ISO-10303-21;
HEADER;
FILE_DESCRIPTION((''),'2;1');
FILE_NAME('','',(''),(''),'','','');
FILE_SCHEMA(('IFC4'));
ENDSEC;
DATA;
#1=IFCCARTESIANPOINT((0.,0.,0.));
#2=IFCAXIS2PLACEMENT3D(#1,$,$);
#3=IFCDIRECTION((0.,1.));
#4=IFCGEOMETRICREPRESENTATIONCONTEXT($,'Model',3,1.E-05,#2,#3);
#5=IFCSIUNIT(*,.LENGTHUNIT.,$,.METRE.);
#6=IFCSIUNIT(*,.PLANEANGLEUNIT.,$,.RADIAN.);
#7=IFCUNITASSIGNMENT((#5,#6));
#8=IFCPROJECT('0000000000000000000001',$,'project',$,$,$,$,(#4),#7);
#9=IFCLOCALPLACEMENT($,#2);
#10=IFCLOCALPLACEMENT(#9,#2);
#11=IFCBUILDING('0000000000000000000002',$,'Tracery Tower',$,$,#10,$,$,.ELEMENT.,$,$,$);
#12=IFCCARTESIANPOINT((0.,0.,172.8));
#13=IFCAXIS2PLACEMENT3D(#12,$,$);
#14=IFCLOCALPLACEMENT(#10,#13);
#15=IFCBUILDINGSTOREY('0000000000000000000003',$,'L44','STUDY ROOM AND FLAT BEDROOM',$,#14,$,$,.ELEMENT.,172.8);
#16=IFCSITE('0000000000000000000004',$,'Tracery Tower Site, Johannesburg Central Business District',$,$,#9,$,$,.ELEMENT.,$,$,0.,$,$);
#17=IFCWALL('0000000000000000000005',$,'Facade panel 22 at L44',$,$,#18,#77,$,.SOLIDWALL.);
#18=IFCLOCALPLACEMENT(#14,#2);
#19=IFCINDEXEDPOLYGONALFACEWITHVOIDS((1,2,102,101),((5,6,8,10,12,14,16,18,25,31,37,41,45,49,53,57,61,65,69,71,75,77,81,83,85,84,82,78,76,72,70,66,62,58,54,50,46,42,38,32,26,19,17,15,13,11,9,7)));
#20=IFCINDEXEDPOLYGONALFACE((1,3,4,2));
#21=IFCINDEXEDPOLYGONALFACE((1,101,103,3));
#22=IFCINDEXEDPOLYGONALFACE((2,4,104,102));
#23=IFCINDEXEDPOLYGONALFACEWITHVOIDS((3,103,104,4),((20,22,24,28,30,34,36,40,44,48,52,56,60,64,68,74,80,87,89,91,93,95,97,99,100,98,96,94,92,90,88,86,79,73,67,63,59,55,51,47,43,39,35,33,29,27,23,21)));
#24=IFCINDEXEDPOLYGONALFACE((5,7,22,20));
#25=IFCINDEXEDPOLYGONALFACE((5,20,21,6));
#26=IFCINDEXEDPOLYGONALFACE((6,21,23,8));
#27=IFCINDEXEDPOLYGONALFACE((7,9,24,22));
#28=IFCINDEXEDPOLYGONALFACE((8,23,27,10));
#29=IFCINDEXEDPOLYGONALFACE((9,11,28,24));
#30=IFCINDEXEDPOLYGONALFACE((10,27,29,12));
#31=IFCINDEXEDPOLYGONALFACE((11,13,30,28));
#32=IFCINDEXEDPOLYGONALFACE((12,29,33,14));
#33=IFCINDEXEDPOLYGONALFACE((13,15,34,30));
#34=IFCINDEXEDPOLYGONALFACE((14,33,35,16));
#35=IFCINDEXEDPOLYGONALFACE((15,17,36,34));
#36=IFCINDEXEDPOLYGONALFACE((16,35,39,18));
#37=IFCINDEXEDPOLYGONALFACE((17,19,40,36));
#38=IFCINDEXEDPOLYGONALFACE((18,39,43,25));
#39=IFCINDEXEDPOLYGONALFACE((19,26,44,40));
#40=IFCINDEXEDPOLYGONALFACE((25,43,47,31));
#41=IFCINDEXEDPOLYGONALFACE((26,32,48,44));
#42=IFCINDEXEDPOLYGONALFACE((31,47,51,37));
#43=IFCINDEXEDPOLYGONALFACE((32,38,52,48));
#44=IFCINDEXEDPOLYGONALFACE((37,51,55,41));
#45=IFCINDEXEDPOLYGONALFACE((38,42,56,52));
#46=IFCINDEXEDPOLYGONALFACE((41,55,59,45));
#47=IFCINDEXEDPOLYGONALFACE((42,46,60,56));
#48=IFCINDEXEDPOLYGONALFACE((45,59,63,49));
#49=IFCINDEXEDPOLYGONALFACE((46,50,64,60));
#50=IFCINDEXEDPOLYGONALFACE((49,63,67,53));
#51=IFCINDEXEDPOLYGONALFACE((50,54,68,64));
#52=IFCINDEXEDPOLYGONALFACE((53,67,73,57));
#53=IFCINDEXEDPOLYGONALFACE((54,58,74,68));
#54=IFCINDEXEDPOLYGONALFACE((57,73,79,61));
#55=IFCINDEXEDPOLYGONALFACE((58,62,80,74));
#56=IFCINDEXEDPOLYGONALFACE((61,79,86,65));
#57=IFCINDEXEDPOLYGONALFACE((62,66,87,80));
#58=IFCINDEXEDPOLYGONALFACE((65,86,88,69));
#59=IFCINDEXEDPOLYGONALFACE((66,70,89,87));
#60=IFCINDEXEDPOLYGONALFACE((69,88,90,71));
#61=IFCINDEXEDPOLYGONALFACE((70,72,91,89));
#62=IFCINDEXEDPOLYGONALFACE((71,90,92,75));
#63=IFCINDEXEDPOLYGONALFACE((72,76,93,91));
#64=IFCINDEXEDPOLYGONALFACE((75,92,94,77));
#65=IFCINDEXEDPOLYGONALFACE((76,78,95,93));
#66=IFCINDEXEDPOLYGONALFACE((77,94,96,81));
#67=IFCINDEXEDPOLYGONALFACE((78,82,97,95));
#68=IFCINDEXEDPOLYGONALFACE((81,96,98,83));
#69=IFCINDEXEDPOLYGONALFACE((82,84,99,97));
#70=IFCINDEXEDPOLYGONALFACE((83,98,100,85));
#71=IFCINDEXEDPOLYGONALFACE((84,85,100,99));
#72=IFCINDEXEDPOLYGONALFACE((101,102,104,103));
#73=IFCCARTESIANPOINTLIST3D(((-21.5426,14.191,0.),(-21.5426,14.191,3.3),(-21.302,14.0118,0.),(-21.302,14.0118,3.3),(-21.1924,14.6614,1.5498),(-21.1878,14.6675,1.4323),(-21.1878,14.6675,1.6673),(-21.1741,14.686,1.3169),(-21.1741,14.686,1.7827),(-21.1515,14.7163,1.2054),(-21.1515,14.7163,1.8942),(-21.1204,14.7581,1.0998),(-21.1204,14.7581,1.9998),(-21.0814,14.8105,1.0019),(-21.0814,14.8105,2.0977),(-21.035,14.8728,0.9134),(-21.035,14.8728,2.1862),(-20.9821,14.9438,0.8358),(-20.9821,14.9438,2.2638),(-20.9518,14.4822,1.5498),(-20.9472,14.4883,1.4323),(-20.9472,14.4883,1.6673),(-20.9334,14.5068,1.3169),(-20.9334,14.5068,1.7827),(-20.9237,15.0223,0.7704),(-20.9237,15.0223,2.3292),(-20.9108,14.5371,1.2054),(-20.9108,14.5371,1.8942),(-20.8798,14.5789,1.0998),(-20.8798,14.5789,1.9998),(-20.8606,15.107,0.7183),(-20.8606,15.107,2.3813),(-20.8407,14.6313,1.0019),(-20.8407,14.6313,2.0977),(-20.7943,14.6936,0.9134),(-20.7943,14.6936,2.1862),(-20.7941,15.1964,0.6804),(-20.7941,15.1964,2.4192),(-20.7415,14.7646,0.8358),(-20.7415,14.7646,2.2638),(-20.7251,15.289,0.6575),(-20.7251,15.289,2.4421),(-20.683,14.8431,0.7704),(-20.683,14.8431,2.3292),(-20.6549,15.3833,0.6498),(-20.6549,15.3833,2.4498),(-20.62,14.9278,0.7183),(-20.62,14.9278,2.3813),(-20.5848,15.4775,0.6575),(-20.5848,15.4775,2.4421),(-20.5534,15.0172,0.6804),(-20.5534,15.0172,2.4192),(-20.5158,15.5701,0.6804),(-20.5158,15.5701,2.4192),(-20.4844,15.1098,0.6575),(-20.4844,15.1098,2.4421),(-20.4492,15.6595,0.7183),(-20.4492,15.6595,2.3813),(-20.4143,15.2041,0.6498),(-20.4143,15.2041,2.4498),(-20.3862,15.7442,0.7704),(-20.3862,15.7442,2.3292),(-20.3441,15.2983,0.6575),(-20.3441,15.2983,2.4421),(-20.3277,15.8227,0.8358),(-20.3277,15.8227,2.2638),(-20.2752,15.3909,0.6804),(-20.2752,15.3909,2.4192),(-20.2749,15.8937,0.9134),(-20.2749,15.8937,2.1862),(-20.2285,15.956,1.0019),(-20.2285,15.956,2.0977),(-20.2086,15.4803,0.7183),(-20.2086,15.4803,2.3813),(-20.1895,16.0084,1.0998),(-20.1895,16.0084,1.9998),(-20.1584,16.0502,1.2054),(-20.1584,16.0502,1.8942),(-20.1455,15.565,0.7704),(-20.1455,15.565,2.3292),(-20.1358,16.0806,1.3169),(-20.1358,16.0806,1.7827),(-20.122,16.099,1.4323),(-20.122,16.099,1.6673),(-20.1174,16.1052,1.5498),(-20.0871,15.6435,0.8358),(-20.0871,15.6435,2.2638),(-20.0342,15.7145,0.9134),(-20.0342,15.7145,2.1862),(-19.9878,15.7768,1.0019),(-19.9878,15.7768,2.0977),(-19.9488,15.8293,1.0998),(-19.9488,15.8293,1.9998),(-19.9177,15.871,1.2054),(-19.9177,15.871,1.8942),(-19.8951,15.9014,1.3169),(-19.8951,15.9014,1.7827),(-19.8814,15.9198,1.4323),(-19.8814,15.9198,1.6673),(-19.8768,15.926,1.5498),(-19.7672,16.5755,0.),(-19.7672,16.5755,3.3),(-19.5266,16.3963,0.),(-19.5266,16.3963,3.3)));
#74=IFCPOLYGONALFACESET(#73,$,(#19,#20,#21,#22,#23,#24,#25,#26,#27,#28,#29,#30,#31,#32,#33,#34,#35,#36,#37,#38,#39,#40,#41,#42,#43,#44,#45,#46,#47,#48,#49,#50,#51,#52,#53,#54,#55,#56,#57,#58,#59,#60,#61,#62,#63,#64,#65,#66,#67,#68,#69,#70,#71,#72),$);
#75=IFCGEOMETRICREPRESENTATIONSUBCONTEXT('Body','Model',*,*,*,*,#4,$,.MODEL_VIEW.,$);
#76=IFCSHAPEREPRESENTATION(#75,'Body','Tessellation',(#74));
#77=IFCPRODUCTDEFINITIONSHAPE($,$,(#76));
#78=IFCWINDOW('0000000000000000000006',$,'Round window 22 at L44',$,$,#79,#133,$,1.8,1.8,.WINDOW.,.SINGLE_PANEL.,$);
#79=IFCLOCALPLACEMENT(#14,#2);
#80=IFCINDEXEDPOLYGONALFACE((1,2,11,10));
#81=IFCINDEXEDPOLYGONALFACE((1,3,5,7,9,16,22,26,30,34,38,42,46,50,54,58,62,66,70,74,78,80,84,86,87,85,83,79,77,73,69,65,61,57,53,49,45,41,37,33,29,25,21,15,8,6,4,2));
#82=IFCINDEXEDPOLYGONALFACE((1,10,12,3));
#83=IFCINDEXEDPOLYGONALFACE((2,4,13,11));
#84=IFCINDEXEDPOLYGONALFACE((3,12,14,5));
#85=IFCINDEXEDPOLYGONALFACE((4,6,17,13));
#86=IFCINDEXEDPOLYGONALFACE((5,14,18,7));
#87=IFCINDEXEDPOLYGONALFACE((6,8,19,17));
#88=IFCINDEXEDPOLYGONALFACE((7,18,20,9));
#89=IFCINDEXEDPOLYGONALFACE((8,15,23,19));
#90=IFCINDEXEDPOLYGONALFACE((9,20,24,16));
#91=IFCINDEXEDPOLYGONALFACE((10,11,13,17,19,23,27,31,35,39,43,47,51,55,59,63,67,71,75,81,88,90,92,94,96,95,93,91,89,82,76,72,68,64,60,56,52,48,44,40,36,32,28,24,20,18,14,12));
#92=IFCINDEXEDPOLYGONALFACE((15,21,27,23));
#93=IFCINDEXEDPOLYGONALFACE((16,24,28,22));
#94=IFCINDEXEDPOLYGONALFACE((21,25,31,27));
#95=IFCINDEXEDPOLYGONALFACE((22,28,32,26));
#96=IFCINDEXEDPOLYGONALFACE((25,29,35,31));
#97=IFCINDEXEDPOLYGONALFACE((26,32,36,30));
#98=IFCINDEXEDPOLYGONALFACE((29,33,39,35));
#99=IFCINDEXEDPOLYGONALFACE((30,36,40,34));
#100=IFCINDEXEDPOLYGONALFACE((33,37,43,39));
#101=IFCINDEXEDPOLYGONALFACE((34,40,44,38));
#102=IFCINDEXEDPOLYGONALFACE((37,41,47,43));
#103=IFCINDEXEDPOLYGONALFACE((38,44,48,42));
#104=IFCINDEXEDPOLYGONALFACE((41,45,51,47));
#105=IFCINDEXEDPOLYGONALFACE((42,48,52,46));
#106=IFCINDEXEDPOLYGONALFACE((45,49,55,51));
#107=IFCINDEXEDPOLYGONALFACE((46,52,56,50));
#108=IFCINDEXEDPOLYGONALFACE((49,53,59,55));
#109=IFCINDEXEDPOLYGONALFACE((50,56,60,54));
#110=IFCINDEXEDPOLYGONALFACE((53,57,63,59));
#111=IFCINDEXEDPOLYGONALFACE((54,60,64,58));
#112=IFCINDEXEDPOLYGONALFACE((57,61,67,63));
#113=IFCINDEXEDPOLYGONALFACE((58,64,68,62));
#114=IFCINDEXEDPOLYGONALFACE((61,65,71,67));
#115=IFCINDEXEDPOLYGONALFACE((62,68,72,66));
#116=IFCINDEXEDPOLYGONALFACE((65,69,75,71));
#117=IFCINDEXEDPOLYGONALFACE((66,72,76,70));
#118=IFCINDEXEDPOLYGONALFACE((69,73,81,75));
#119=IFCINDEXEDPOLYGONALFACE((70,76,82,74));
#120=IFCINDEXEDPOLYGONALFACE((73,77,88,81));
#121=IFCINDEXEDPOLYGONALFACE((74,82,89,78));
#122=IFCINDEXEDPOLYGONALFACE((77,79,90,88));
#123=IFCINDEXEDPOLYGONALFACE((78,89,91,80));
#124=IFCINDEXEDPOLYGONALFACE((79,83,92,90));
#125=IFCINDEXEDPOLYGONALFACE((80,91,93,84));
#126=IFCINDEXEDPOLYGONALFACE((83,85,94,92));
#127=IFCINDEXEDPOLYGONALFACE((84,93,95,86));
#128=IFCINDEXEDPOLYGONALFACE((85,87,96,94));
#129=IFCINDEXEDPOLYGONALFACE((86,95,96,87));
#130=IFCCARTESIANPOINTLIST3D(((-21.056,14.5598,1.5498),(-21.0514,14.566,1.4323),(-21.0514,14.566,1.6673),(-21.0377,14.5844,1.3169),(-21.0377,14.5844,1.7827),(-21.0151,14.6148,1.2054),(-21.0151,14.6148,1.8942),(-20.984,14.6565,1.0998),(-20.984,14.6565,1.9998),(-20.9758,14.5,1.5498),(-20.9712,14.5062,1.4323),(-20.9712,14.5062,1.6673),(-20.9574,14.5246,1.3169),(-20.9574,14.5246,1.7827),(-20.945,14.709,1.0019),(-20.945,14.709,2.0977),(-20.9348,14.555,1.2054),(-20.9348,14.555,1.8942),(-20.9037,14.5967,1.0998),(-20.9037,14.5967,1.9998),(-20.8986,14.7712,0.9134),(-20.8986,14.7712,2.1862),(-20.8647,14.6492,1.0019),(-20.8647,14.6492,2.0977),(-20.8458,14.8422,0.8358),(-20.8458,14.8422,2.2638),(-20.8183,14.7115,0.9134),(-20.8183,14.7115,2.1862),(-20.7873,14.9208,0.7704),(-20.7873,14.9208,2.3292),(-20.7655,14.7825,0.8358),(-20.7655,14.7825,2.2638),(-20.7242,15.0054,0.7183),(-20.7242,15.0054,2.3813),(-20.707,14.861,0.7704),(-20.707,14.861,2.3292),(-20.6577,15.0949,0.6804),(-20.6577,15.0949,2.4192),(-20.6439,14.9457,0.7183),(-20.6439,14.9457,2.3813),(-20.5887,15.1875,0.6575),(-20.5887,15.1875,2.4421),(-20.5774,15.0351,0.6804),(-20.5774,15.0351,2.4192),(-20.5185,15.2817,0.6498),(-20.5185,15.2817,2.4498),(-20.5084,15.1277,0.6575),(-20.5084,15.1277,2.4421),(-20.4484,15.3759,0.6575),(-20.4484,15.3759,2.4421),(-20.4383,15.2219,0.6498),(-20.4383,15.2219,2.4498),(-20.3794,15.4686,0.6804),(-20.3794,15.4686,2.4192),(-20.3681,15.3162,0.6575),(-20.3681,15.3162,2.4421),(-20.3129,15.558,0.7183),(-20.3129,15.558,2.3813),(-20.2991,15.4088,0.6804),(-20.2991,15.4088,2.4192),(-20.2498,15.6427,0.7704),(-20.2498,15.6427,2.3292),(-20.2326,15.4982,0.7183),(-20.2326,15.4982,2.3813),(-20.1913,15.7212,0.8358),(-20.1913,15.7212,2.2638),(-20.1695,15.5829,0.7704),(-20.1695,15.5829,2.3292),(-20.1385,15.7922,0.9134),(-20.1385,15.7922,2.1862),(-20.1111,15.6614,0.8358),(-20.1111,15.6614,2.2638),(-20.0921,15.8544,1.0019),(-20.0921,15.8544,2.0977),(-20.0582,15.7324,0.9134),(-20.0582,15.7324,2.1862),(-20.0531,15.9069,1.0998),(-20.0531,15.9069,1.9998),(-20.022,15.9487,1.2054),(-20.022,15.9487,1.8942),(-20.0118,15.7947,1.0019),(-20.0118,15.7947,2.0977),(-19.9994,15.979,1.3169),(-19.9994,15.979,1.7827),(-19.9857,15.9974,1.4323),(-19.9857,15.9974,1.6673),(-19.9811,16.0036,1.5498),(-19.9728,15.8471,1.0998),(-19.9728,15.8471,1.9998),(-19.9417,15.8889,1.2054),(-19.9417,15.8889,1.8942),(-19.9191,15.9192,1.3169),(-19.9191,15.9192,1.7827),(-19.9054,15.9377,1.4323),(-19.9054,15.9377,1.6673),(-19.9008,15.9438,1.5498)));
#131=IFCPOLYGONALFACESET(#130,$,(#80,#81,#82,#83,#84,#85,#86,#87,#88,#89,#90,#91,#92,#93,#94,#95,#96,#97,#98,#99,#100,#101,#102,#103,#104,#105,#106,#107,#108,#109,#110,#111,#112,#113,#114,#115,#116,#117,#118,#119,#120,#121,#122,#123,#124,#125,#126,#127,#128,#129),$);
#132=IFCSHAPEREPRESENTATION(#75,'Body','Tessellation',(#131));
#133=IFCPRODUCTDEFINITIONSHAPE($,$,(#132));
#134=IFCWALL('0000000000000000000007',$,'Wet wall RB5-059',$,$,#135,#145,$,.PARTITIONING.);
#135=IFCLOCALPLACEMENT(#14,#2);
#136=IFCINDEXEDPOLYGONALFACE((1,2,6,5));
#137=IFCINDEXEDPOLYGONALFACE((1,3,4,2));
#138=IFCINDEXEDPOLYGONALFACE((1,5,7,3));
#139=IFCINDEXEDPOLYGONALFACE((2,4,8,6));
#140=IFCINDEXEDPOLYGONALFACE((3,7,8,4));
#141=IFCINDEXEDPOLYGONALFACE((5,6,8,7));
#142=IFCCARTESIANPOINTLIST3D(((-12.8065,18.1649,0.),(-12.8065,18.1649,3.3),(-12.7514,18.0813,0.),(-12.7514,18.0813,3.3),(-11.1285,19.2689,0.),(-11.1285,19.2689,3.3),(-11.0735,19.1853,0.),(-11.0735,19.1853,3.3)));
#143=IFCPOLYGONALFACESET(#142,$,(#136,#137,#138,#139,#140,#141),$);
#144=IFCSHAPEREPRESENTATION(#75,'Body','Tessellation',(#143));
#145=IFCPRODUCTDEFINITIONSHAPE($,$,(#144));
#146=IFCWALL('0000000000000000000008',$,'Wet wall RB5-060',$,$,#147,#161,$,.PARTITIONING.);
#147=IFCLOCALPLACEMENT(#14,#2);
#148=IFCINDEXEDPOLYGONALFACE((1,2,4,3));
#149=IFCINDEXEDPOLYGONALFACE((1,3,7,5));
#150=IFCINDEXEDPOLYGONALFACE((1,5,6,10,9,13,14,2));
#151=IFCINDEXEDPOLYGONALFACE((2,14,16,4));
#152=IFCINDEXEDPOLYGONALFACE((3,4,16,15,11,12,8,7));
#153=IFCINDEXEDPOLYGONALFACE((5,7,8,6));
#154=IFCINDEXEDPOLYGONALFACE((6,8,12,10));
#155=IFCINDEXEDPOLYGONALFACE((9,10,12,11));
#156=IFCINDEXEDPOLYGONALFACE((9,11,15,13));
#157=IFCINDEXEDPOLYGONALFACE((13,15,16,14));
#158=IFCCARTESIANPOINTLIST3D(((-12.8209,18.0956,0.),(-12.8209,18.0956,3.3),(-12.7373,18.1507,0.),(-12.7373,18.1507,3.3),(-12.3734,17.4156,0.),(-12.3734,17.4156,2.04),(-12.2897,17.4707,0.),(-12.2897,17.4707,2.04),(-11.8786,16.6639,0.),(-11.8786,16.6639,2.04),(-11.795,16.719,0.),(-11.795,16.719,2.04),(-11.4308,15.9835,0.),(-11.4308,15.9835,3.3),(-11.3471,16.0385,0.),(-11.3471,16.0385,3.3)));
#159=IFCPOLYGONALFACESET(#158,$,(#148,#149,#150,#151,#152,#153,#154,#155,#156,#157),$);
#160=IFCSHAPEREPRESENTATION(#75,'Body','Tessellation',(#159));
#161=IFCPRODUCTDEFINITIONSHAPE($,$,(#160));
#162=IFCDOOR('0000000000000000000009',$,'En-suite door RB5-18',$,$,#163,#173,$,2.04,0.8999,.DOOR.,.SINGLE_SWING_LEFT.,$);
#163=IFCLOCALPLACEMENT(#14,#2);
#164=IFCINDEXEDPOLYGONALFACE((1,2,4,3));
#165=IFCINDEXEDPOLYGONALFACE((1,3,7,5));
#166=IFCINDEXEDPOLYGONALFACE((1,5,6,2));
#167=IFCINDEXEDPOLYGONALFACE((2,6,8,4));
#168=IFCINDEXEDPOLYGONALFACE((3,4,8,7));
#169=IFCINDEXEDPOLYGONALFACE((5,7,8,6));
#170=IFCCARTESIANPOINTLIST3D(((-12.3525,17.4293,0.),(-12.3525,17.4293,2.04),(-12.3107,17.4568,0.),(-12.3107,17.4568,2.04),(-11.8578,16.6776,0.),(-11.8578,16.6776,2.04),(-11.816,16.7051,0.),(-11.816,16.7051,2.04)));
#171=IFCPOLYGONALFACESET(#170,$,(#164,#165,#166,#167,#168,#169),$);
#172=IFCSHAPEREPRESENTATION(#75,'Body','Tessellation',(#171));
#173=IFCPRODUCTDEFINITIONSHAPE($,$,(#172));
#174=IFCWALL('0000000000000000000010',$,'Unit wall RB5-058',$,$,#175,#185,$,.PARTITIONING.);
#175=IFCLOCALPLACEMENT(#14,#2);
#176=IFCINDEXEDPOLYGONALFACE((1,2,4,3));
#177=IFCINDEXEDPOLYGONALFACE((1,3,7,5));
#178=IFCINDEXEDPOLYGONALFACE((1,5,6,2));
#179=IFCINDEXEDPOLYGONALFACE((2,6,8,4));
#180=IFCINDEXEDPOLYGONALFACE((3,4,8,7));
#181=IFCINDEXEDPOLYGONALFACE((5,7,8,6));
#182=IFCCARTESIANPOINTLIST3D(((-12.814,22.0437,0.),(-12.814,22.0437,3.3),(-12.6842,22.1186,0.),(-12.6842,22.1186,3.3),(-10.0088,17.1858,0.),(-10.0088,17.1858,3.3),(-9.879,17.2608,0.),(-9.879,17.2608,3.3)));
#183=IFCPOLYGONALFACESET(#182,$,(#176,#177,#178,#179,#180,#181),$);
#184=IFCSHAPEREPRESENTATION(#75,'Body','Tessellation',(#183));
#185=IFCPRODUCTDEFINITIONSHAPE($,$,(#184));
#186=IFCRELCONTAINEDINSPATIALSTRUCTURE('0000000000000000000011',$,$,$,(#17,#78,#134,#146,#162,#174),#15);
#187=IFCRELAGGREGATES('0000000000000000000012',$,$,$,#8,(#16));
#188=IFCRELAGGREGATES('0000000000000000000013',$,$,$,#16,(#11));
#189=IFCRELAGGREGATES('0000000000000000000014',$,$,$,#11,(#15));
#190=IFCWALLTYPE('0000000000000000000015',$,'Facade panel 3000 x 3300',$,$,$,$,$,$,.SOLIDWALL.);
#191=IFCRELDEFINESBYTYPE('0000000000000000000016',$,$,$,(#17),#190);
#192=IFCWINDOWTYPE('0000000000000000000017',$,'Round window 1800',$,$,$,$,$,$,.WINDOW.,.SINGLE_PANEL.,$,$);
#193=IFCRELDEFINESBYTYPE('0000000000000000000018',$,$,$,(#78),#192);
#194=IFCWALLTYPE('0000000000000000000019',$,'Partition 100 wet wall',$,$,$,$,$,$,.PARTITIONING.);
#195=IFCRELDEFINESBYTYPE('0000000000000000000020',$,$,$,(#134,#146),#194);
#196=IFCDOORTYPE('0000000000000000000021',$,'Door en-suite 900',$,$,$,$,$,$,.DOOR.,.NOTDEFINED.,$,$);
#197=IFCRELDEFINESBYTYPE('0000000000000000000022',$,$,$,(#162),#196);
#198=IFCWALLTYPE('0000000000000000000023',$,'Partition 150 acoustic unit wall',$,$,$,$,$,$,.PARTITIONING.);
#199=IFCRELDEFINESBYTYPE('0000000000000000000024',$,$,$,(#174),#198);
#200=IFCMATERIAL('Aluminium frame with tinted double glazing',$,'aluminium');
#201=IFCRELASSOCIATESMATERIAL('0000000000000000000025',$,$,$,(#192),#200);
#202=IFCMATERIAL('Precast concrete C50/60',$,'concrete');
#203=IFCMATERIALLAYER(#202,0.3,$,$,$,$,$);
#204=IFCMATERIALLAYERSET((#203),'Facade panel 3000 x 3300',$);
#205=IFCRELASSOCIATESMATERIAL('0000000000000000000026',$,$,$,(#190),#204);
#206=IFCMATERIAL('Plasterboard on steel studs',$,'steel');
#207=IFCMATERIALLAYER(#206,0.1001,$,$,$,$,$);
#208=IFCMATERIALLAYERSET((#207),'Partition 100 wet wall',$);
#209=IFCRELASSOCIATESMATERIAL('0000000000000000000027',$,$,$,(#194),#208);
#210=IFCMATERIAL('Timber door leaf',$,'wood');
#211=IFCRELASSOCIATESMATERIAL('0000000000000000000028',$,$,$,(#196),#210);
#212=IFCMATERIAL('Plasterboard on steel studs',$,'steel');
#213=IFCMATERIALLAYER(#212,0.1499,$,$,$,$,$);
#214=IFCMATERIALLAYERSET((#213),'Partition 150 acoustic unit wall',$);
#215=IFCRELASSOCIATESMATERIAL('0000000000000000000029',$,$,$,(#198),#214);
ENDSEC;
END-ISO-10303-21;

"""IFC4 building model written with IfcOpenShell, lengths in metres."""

from ifc_helpers import new_model, si_unit, direction, frame, frame_2d, origin, origin_2d, place, context, subcontext, project, spatial, rectangle, circle, extrude, material, layer, layer_set, type_object, element, fill, save


model = new_model("IFC4")

# Units and contexts
model_context = context("Model", 3, precision=1e-05, world=origin(), true_north=direction((0.0, 1.0)))
body_context = subcontext(model_context, "Body", "Model", "MODEL_VIEW")
ifc_project = project(units=[si_unit("LENGTHUNIT", "METRE"), si_unit("PLANEANGLEUNIT", "RADIAN")], contexts=[model_context])

# Site, building, storey
site_placement = place(None, origin())
site = spatial("IfcSite", under=ifc_project, at=site_placement, Name="Tracery Tower Site, Johannesburg Central Business District", CompositionType="ELEMENT", RefElevation=0.0)
building_placement = place(site_placement, origin())
building = spatial("IfcBuilding", under=site, at=building_placement, Name="Tracery Tower", CompositionType="ELEMENT")
storey_placement = place(building_placement, frame((0.0, 0.0, 172.8)))
storey = spatial("IfcBuildingStorey", under=building, at=storey_placement, Name="L44", Description="STUDY ROOM AND FLAT BEDROOM", CompositionType="ELEMENT", Elevation=172.8)

# Wall, opening, window
ifc_material_1 = material(Name="Aluminium frame with tinted double glazing", Category="aluminium")
window_type = type_object("IfcWindowType", Name="Round window 1800", PartitioningType="SINGLE_PANEL", PredefinedType="WINDOW", material=ifc_material_1)
ifc_material_2 = material(Name="Precast concrete C50/60", Category="concrete")
ifc_layer_1 = layer(ifc_material_2, 0.3)
ifc_layer_set_1 = layer_set([ifc_layer_1], Name="Facade panel 3000 x 3300")
wall_type_1 = type_object("IfcWallType", Name="Facade panel 3000 x 3300", PredefinedType="SOLIDWALL", material=ifc_layer_set_1)
wall_1_placement = place(storey_placement, frame((-19.647, 16.4858, 0.0), z_axis=(0.0, 0.0, 1.0), x_axis=(-0.597198, -0.802094, 0.0)))
wall_1 = element("IfcWall", 1, at=wall_1_placement, inside=storey, type_object=wall_type_1, Name="Facade panel 22 at L44", PredefinedType="SOLIDWALL", context=body_context, shape_type="SweptSolid", body=[
    extrude(rectangle(XDim=2.9729, YDim=0.3, at=frame_2d((1.4863, 0.0))), origin(), (0.0, 0.0, 1.0), 3.3),
])
opening_1_placement = place(wall_1_placement, frame((1.4863, 0.0, 1.5498)))
opening_1 = element("IfcOpeningElement", 2, at=opening_1_placement, cuts=wall_1, PredefinedType="OPENING", context=body_context, shape_type="SweptSolid", body=[
    extrude(circle(Radius=0.9, at=origin_2d()), frame((0.0, 0.1599, 0.0), z_axis=(0.0, -1.0, 0.0), x_axis=(1.0, 0.0, 0.0)), (0.0, 0.0, 1.0), 0.3201),
])
window_1_placement = place(opening_1_placement, origin())
window_1 = element("IfcWindow", 3, at=window_1_placement, inside=storey, type_object=window_type, Name="Round window 22 at L44", OverallHeight=1.8, OverallWidth=1.8, PartitioningType="SINGLE_PANEL", PredefinedType="WINDOW", context=body_context, shape_type="SweptSolid", body=[
    extrude(circle(Radius=0.9, at=origin_2d()), frame((0.0, 0.1201, 0.0), z_axis=(0.0, -1.0, 0.0), x_axis=(1.0, 0.0, 0.0)), (0.0, 0.0, 1.0), 0.1001),
])
fill(opening_1, window_1)

# Wall
ifc_material_3 = material(Name="Plasterboard on steel studs", Category="steel")
ifc_layer_2 = layer(ifc_material_3, 0.1001)
ifc_layer_set_2 = layer_set([ifc_layer_2], Name="Partition 100 wet wall")
wall_type_2 = type_object("IfcWallType", Name="Partition 100 wet wall", PredefinedType="PARTITIONING", material=ifc_layer_set_2)
wall_2_placement = place(storey_placement, frame((-12.7791, 18.123, 0.0), z_axis=(0.0, 0.0, 1.0), x_axis=(0.835401, 0.549641, 0.0)))
element("IfcWall", 4, at=wall_2_placement, inside=storey, type_object=wall_type_2, Name="Wet wall RB5-059", PredefinedType="PARTITIONING", context=body_context, shape_type="SweptSolid", body=[
    extrude(rectangle(XDim=2.0085, YDim=0.1001, at=frame_2d((1.0044, 0.0))), origin(), (0.0, 0.0, 1.0), 3.3),
])

# Wall, opening, door
wall_3_placement = place(storey_placement, frame((-12.7791, 18.123, 0.0), z_axis=(0.0, 0.0, 1.0), x_axis=(0.549789, -0.835304, 0.0)))
wall_3 = element("IfcWall", 5, at=wall_3_placement, inside=storey, type_object=wall_type_2, Name="Wet wall RB5-060", PredefinedType="PARTITIONING", context=body_context, shape_type="SweptSolid", body=[
    extrude(rectangle(XDim=2.5286, YDim=0.1001, at=frame_2d((1.2642, 0.0))), origin(), (0.0, 0.0, 1.0), 3.3),
])
opening_2_placement = place(wall_3_placement, frame((0.814, 0.0, 0.0)))
opening_2 = element("IfcOpeningElement", 6, at=opening_2_placement, cuts=wall_3, PredefinedType="OPENING", context=body_context, shape_type="SweptSolid", body=[
    extrude(rectangle(XDim=0.8999, YDim=2.04, at=frame_2d((0.45, 1.02))), frame((0.0, 0.05, 0.0), z_axis=(0.0, -1.0, 0.0), x_axis=(1.0, 0.0, 0.0)), (0.0, 0.0, 1.0), 0.1001),
])
ifc_material_4 = material(Name="Timber door leaf", Category="wood")
door_type_1 = type_object("IfcDoorType", Name="Door en-suite 900", OperationType="NOTDEFINED", PredefinedType="DOOR", material=ifc_material_4)
door_1_placement = place(opening_2_placement, origin())
door_1 = element("IfcDoor", 7, at=door_1_placement, inside=storey, type_object=door_type_1, Name="En-suite door RB5-18", OperationType="SINGLE_SWING_LEFT", OverallHeight=2.04, OverallWidth=0.8999, PredefinedType="DOOR", context=body_context, shape_type="SweptSolid", body=[
    extrude(rectangle(XDim=0.8999, YDim=2.04, at=frame_2d((0.45, 1.02))), frame((0.0, 0.0249, 0.0), z_axis=(0.0, -1.0, 0.0), x_axis=(1.0, 0.0, 0.0)), (0.0, 0.0, 1.0), 0.05),
])
fill(opening_2, door_1)

# Wall
ifc_material_5 = material(Name="Plasterboard on steel studs", Category="steel")
ifc_layer_3 = layer(ifc_material_5, 0.1499)
ifc_layer_set_3 = layer_set([ifc_layer_3], Name="Partition 150 acoustic unit wall")
wall_type_3 = type_object("IfcWallType", Name="Partition 150 acoustic unit wall", PredefinedType="PARTITIONING", material=ifc_layer_set_3)
wall_4_placement = place(storey_placement, frame((-12.749, 22.0811, 0.0), z_axis=(0.0, 0.0, 1.0), x_axis=(0.500062, -0.86599, 0.0)))
element("IfcWall", 8, at=wall_4_placement, inside=storey, type_object=wall_type_3, Name="Unit wall RB5-058", PredefinedType="PARTITIONING", context=body_context, shape_type="SweptSolid", body=[
    extrude(rectangle(XDim=5.6096, YDim=0.1499, at=frame_2d((2.8047, 0.0))), origin(), (0.0, 0.0, 1.0), 3.3),
])

save(model, "model.ifc")
